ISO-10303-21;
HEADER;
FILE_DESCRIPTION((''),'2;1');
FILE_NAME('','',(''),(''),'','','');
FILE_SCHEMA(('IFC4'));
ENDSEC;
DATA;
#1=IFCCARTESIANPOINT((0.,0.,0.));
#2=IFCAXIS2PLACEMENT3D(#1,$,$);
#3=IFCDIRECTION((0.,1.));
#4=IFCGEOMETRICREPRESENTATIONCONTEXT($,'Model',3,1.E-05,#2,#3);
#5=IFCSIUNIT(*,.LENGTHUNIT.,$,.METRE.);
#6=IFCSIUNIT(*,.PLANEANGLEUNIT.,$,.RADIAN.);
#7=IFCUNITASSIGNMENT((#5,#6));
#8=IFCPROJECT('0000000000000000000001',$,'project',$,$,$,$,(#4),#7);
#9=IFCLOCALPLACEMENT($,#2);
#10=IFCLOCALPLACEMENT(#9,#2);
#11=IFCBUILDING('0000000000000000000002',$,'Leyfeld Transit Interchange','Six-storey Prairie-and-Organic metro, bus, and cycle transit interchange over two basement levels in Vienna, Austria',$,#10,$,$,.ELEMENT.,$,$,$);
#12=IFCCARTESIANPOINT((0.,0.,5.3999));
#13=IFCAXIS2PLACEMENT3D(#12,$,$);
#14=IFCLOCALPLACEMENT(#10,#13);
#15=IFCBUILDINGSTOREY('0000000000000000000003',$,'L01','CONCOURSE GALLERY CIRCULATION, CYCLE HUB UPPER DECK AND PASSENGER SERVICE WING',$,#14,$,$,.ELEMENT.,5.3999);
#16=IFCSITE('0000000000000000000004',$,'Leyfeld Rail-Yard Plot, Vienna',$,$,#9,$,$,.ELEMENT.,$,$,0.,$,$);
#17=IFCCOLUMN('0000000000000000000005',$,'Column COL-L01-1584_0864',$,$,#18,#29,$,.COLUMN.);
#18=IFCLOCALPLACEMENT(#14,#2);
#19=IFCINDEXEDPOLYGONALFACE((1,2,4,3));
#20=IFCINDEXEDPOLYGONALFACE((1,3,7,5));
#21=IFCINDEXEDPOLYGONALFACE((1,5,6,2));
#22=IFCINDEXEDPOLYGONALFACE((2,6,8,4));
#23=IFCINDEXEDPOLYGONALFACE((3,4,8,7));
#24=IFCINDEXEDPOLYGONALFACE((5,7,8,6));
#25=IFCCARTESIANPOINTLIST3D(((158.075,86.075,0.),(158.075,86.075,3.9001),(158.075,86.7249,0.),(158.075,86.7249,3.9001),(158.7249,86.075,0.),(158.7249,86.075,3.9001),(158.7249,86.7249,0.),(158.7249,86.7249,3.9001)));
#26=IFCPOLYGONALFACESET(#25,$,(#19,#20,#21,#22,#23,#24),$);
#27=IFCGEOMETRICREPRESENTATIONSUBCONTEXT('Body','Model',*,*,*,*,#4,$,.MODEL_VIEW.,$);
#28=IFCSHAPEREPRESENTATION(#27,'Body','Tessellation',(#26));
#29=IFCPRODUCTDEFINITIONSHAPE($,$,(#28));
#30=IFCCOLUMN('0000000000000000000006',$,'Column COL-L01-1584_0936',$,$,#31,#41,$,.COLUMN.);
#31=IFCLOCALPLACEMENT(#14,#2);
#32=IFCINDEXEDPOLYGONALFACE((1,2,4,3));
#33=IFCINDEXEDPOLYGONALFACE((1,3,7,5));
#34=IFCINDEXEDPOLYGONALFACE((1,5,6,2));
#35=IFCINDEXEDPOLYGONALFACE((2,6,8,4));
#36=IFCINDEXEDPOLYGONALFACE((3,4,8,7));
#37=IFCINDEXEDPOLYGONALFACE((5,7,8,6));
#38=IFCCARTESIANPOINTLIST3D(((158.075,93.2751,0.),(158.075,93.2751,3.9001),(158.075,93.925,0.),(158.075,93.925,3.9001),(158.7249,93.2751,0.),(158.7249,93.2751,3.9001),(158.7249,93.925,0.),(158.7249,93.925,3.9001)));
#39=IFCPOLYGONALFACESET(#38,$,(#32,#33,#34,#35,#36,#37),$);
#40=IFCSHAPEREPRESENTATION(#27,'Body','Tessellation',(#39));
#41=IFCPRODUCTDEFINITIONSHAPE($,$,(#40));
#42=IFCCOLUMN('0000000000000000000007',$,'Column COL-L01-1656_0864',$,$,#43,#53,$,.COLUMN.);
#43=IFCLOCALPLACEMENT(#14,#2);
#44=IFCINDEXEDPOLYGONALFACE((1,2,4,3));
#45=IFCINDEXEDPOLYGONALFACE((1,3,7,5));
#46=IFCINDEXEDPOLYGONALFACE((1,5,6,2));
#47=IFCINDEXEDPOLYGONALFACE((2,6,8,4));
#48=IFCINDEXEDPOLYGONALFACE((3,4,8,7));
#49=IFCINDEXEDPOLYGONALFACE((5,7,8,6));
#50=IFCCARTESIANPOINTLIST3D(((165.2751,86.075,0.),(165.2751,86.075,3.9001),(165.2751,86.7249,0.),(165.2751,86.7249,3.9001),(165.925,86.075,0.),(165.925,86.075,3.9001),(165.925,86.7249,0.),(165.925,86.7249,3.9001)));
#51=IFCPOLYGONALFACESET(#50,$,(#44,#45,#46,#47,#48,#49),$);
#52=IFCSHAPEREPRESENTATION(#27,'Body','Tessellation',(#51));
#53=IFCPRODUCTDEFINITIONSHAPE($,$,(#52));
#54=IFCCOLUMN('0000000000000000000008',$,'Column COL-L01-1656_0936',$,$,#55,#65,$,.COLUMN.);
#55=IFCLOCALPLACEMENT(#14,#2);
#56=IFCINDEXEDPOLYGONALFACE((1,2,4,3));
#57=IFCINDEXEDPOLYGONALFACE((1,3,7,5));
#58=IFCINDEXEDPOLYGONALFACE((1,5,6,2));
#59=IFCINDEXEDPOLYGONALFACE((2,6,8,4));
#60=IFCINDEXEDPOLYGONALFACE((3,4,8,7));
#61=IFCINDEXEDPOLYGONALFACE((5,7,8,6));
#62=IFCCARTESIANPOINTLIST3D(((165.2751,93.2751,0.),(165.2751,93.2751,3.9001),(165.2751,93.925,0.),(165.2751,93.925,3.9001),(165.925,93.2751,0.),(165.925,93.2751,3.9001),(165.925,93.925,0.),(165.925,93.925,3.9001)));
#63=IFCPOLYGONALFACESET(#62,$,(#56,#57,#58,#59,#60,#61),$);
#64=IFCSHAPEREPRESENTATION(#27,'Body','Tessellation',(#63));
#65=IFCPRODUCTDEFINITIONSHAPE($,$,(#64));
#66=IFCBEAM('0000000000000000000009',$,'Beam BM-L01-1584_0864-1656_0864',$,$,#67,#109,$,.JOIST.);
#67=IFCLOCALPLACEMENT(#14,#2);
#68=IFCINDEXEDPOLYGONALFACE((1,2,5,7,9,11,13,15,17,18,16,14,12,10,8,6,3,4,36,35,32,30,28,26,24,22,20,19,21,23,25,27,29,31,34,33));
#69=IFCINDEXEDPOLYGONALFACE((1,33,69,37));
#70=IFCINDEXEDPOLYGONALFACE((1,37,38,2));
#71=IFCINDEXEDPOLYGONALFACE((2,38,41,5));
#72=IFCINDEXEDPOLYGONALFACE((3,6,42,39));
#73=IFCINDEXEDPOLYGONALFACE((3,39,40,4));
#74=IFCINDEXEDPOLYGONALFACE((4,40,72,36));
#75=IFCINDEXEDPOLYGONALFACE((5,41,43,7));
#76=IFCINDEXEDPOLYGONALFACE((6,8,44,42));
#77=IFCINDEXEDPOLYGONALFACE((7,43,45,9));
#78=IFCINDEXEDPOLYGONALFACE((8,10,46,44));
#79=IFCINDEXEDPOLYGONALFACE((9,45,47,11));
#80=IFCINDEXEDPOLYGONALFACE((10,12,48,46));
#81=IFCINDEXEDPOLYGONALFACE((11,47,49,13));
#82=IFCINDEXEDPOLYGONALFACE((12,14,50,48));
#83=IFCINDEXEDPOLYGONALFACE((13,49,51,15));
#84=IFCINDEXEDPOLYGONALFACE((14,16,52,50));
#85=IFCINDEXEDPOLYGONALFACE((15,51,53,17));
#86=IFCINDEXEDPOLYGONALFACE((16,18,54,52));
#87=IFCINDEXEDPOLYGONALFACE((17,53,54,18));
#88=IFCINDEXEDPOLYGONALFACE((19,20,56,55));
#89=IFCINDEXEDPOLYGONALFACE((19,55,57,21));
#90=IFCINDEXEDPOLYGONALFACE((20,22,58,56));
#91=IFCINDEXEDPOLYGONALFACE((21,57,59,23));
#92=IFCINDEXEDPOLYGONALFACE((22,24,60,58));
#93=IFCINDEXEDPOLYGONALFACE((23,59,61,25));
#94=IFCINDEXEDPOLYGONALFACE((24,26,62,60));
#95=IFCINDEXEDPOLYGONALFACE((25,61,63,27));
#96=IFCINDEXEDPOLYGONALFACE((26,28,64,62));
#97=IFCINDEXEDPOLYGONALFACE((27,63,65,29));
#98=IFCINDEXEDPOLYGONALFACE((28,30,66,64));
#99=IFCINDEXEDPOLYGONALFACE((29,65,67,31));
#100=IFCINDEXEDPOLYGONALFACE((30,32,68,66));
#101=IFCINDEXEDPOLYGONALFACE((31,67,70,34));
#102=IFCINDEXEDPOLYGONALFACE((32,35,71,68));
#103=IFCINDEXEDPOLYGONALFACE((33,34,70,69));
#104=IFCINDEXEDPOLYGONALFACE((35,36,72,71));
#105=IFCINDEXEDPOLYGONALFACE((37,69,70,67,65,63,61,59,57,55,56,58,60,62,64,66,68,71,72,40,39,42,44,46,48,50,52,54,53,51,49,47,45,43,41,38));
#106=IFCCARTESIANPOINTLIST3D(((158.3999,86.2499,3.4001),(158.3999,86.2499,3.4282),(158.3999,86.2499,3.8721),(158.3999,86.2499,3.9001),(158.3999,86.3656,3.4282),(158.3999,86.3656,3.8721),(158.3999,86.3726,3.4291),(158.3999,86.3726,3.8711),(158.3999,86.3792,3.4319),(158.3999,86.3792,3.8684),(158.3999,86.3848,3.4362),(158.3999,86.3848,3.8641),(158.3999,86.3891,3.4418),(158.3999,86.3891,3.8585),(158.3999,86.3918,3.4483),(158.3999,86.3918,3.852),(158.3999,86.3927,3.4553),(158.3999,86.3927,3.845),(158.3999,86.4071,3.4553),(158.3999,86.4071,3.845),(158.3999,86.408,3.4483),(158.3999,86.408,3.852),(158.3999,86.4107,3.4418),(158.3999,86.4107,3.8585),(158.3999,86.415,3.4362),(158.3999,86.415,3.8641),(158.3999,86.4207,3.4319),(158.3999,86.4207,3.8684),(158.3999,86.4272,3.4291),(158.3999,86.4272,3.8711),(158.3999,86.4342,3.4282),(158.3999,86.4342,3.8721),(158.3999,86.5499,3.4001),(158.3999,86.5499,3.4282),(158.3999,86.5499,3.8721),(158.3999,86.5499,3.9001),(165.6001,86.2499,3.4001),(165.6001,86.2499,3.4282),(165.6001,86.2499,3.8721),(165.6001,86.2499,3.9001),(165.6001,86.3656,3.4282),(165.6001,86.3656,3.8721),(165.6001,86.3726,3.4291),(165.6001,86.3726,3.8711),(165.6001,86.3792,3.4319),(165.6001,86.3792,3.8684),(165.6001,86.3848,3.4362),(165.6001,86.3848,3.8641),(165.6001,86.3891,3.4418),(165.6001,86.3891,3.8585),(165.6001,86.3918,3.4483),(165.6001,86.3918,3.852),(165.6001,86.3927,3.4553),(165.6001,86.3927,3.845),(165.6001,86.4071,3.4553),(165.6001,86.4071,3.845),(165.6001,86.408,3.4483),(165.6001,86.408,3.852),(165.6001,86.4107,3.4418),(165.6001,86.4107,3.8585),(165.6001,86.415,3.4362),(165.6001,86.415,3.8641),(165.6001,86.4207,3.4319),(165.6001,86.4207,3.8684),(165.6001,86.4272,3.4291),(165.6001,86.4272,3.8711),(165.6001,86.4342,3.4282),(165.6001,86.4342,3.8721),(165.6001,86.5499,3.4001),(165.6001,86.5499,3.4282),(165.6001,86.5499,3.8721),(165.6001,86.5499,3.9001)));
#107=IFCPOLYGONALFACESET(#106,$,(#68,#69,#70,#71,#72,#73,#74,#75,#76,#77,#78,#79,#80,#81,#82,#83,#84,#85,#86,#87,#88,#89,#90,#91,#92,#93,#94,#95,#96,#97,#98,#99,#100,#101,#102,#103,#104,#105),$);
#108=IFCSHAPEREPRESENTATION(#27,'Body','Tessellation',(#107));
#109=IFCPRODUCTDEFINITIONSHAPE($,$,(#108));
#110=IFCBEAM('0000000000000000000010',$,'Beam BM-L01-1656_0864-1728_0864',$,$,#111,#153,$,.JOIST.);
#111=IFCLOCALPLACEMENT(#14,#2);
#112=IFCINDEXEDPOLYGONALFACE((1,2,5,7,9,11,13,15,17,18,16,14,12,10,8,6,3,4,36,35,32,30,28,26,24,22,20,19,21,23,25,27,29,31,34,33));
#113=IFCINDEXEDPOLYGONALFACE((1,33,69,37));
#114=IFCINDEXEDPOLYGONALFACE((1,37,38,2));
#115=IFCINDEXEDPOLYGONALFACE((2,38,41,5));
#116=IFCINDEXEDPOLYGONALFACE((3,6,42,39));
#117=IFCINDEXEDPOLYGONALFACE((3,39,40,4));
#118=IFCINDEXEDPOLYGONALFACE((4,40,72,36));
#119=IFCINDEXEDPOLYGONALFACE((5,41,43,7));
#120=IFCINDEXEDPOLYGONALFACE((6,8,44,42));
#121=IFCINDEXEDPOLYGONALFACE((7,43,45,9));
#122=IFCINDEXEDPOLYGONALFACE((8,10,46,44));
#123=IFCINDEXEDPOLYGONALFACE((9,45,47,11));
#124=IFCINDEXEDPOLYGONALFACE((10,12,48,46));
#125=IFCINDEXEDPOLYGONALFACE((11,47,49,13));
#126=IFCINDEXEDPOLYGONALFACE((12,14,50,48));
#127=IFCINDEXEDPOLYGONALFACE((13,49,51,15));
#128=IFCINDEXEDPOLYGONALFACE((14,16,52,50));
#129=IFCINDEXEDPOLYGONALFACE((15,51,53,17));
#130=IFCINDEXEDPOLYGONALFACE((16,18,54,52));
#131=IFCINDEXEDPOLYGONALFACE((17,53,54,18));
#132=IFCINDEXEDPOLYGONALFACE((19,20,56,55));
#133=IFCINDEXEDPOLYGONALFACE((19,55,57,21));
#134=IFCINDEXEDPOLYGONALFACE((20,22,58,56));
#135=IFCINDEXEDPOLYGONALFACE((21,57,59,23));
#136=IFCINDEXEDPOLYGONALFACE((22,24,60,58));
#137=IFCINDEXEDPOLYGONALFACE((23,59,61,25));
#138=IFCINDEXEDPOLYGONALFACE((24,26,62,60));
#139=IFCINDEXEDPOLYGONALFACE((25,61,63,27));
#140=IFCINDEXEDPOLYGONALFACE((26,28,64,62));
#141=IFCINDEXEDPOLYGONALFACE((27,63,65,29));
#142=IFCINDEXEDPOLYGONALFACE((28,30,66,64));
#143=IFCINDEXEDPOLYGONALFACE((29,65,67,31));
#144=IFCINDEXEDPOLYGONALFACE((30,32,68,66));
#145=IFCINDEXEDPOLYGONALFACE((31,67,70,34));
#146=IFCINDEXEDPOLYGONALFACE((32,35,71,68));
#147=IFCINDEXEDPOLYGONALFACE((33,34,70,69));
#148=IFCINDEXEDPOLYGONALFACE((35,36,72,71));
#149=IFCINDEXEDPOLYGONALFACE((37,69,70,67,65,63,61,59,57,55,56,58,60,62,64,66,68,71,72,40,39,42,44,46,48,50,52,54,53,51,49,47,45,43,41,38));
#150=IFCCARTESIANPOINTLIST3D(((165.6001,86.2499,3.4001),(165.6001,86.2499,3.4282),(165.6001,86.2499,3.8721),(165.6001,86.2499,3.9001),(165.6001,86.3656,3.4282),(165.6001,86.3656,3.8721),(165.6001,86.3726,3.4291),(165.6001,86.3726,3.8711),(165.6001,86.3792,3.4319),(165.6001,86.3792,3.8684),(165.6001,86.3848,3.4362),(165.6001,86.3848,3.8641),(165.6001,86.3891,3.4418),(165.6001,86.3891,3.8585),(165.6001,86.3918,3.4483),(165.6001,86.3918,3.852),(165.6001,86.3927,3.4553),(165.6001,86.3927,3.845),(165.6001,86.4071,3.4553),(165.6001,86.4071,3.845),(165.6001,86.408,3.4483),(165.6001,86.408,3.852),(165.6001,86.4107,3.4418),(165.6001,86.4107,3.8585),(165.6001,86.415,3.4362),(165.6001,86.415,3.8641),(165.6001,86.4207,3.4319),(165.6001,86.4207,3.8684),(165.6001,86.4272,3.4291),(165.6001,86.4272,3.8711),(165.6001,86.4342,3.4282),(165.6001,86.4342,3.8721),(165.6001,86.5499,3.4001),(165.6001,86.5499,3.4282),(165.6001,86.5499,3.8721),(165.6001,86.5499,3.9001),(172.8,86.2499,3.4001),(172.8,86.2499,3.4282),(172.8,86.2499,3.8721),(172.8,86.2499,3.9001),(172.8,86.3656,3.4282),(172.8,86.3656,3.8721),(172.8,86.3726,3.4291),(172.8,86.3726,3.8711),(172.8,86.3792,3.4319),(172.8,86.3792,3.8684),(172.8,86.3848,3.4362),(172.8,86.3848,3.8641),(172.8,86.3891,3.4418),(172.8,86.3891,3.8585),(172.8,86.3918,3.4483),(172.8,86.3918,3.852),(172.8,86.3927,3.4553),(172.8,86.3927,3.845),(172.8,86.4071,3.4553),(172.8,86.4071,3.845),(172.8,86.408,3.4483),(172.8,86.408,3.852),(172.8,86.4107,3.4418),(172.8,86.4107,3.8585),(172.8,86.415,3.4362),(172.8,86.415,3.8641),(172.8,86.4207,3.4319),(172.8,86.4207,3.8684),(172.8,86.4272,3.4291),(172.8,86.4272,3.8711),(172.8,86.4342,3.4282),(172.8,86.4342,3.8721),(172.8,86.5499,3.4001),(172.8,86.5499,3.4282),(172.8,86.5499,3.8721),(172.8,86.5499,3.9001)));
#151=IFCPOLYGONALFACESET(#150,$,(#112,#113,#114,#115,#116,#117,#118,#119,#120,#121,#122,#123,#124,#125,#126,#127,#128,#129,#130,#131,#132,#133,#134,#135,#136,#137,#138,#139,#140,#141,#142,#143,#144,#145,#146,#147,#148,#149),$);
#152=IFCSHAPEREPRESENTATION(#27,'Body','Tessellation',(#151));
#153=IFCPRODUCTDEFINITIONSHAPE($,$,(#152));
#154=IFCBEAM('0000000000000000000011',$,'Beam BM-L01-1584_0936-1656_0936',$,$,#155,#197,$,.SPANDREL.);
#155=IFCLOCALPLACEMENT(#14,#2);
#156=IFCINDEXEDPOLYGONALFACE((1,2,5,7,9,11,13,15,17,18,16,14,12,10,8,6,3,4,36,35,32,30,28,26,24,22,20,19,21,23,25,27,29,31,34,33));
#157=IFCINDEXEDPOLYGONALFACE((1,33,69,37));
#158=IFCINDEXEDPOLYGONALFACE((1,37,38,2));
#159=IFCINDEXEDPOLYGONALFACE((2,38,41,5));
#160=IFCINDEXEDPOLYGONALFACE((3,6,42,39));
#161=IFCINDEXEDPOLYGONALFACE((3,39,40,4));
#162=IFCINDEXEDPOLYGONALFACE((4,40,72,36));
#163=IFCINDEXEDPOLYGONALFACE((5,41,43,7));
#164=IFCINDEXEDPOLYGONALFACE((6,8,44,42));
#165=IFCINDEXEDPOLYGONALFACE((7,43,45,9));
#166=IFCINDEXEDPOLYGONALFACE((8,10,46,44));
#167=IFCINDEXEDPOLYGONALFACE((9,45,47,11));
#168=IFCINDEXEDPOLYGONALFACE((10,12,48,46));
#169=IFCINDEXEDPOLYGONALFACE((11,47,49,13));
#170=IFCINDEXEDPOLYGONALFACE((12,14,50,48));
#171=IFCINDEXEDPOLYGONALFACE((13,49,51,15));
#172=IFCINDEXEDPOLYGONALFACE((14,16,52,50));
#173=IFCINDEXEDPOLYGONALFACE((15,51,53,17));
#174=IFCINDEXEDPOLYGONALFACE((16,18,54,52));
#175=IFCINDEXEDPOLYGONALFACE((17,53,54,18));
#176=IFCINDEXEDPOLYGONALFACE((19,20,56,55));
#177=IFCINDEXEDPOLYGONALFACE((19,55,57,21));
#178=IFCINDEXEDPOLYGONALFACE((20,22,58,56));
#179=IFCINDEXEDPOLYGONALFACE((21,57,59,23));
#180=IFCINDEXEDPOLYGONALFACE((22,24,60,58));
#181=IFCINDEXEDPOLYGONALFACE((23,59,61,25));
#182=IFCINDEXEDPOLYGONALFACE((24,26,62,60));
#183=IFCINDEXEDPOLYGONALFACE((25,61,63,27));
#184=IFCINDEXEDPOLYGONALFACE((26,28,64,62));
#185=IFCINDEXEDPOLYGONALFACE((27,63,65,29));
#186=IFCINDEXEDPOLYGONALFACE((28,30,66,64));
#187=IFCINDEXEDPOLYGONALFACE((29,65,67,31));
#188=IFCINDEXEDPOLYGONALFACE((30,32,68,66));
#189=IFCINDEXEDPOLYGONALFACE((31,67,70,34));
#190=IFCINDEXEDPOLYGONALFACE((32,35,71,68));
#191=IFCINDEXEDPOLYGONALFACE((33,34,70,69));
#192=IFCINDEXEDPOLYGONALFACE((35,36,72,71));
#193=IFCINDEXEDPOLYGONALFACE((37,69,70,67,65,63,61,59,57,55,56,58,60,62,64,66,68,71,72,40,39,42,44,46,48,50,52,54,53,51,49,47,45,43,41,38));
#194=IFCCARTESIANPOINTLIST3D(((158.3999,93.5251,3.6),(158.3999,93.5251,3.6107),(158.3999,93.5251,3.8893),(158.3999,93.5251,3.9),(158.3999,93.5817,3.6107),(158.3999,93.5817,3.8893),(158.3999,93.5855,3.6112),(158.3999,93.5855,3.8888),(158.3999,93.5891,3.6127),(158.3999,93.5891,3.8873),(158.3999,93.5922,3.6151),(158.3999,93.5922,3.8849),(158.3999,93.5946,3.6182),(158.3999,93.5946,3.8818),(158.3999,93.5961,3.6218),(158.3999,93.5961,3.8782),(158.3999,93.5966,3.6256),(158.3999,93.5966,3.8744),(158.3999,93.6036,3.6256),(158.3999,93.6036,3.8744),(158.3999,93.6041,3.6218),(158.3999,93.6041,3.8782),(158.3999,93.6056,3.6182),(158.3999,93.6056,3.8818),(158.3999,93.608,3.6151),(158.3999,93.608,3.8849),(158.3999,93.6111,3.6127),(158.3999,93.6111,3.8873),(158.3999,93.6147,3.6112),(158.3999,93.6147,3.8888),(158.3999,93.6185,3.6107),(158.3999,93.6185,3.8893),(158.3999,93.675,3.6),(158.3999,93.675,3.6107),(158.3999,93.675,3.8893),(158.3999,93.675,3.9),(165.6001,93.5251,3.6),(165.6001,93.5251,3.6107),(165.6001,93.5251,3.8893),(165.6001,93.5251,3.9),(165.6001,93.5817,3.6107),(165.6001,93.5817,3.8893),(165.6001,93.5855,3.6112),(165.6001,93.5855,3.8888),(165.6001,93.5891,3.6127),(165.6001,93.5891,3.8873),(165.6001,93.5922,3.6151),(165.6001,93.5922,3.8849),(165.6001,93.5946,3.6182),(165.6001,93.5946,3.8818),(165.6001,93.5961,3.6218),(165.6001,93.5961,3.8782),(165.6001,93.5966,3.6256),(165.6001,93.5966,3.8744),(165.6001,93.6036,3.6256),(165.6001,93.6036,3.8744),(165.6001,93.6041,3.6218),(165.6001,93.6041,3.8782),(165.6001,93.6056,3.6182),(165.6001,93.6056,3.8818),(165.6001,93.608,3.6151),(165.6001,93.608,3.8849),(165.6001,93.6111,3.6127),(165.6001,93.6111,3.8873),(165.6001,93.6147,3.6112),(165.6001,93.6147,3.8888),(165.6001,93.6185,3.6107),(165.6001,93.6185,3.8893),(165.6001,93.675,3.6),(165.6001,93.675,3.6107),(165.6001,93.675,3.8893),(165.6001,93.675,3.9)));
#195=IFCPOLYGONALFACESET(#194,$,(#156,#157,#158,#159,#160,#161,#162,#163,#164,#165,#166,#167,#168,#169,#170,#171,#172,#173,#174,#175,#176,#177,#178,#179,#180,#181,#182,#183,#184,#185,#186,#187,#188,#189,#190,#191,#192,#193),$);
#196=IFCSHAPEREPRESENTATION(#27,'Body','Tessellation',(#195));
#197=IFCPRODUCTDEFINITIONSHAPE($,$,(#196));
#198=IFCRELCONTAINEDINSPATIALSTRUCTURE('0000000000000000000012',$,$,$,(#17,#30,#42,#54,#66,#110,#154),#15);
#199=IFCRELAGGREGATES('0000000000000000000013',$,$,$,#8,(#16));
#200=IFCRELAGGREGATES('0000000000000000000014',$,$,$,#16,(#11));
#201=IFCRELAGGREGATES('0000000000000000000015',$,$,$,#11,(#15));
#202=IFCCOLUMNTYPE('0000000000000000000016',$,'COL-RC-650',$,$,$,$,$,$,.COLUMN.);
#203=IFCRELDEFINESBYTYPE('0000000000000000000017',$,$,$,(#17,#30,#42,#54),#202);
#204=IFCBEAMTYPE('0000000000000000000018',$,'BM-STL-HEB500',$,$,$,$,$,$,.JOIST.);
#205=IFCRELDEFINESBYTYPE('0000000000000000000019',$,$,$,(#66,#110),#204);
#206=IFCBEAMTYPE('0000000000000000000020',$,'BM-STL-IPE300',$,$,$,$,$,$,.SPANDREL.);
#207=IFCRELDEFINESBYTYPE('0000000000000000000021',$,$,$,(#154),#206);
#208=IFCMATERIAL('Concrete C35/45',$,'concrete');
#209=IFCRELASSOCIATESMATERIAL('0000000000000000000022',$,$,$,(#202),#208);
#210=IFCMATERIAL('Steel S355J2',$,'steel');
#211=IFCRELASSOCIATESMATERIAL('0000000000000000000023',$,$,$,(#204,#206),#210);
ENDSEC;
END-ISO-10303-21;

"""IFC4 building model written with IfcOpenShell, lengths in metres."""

from ifc_helpers import new_model, si_unit, direction, frame, origin, origin_2d, place, context, subcontext, project, spatial, rectangle, i_section, extrude, material, material_profile, profile_set, type_object, element, save


model = new_model("IFC4")

# Units and contexts
model_context = context("Model", 3, precision=1e-05, world=origin(), true_north=direction((0.0, 1.0)))
body_context = subcontext(model_context, "Body", "Model", "MODEL_VIEW")
ifc_project = project(units=[si_unit("LENGTHUNIT", "METRE"), si_unit("PLANEANGLEUNIT", "RADIAN")], contexts=[model_context])

# Site, building, storey
site_placement = place(None, origin())
site = spatial("IfcSite", under=ifc_project, at=site_placement, Name="Leyfeld Rail-Yard Plot, Vienna", CompositionType="ELEMENT", RefElevation=0.0)
building_placement = place(site_placement, origin())
building = spatial("IfcBuilding", under=site, at=building_placement, Name="Leyfeld Transit Interchange", Description="Six-storey Prairie-and-Organic metro, bus, and cycle transit interchange over two basement levels in Vienna, Austria", CompositionType="ELEMENT")
storey_placement = place(building_placement, frame((0.0, 0.0, 5.3999)))
storey = spatial("IfcBuildingStorey", under=building, at=storey_placement, Name="L01", Description="CONCOURSE GALLERY CIRCULATION, CYCLE HUB UPPER DECK AND PASSENGER SERVICE WING", CompositionType="ELEMENT", Elevation=5.3999)

# Columns
ifc_material_1 = material(Name="Concrete C35/45", Category="concrete")
ifc_material_profile_1 = material_profile(ifc_material_1, rectangle(XDim=0.6499, YDim=0.6499, at=origin_2d()), Name="RC 650x650")
ifc_profile_set_1 = profile_set([ifc_material_profile_1], Name="Concrete C35/45")
column_type = type_object("IfcColumnType", Name="COL-RC-650", PredefinedType="COLUMN", material=ifc_profile_set_1)
for number, where, z_axis, x_axis, name in (
    (1, (158.3999, 86.3999, 0.0), (0.0, 0.0, 1.0), (1.0, 0.0, 0.0), "Column COL-L01-1584_0864"),
    (2, (158.3999, 93.6001, 0.0), (0.0, 0.0, 1.0), (1.0, 0.0, 0.0), "Column COL-L01-1584_0936"),
    (3, (165.6001, 86.3999, 0.0), (0.0, 0.0, 1.0), (1.0, 0.0, 0.0), "Column COL-L01-1656_0864"),
    (4, (165.6001, 93.6001, 0.0), (0.0, 0.0, 1.0), (1.0, 0.0, 0.0), "Column COL-L01-1656_0936"),
):
    element("IfcColumn", number, at=place(storey_placement, frame(where, z_axis=z_axis, x_axis=x_axis)), inside=storey, type_object=column_type, Name=name, PredefinedType="COLUMN", context=body_context, shape_type="SweptSolid", body=[
        extrude(rectangle(XDim=0.6499, YDim=0.6499, at=origin_2d()), origin(), (0.0, 0.0, 1.0), 3.9001),
    ])

# Beams
ifc_material_2 = material(Name="Steel S355J2", Category="steel")
ifc_material_profile_2 = material_profile(ifc_material_2, i_section(OverallWidth=0.3, OverallDepth=0.5, WebThickness=0.0144, FlangeThickness=0.0281, FilletRadius=0.0271, at=origin_2d()), Name="HEB 500")
ifc_profile_set_2 = profile_set([ifc_material_profile_2], Name="Steel S355J2")
beam_type_1 = type_object("IfcBeamType", Name="BM-STL-HEB500", PredefinedType="JOIST", material=ifc_profile_set_2)
beam_1_placement = place(storey_placement, frame((158.3999, 86.3999, 3.6501), z_axis=(1.0, 0.0, 0.0), x_axis=(0.0, 1.0, 0.0)))
element("IfcBeam", 5, at=beam_1_placement, inside=storey, type_object=beam_type_1, Name="Beam BM-L01-1584_0864-1656_0864", PredefinedType="JOIST", context=body_context, shape_type="SweptSolid", body=[
    extrude(i_section(OverallWidth=0.3, OverallDepth=0.5, WebThickness=0.0144, FlangeThickness=0.0281, FilletRadius=0.0271, at=origin_2d()), origin(), (0.0, 0.0, 1.0), 7.2002),
])
beam_2_placement = place(storey_placement, frame((165.6001, 86.3999, 3.6501), z_axis=(1.0, 0.0, 0.0), x_axis=(0.0, 1.0, 0.0)))
element("IfcBeam", 6, at=beam_2_placement, inside=storey, type_object=beam_type_1, Name="Beam BM-L01-1656_0864-1728_0864", PredefinedType="JOIST", context=body_context, shape_type="SweptSolid", body=[
    extrude(i_section(OverallWidth=0.3, OverallDepth=0.5, WebThickness=0.0144, FlangeThickness=0.0281, FilletRadius=0.0271, at=origin_2d()), origin(), (0.0, 0.0, 1.0), 7.2),
])
ifc_material_profile_3 = material_profile(ifc_material_2, i_section(OverallWidth=0.1499, OverallDepth=0.3, WebThickness=0.0071, FlangeThickness=0.0107, FilletRadius=0.0149, at=origin_2d()), Name="IPE 300")
ifc_profile_set_3 = profile_set([ifc_material_profile_3], Name="Steel S355J2")
beam_type_2 = type_object("IfcBeamType", Name="BM-STL-IPE300", PredefinedType="SPANDREL", material=ifc_profile_set_3)
beam_3_placement = place(storey_placement, frame((158.3999, 93.6001, 3.75), z_axis=(1.0, 0.0, 0.0), x_axis=(0.0, 1.0, 0.0)))
element("IfcBeam", 7, at=beam_3_placement, inside=storey, type_object=beam_type_2, Name="Beam BM-L01-1584_0936-1656_0936", PredefinedType="SPANDREL", context=body_context, shape_type="SweptSolid", body=[
    extrude(i_section(OverallWidth=0.1499, OverallDepth=0.3, WebThickness=0.0071, FlangeThickness=0.0107, FilletRadius=0.0149, at=origin_2d()), origin(), (0.0, 0.0, 1.0), 7.2002),
])

save(model, "model.ifc")
